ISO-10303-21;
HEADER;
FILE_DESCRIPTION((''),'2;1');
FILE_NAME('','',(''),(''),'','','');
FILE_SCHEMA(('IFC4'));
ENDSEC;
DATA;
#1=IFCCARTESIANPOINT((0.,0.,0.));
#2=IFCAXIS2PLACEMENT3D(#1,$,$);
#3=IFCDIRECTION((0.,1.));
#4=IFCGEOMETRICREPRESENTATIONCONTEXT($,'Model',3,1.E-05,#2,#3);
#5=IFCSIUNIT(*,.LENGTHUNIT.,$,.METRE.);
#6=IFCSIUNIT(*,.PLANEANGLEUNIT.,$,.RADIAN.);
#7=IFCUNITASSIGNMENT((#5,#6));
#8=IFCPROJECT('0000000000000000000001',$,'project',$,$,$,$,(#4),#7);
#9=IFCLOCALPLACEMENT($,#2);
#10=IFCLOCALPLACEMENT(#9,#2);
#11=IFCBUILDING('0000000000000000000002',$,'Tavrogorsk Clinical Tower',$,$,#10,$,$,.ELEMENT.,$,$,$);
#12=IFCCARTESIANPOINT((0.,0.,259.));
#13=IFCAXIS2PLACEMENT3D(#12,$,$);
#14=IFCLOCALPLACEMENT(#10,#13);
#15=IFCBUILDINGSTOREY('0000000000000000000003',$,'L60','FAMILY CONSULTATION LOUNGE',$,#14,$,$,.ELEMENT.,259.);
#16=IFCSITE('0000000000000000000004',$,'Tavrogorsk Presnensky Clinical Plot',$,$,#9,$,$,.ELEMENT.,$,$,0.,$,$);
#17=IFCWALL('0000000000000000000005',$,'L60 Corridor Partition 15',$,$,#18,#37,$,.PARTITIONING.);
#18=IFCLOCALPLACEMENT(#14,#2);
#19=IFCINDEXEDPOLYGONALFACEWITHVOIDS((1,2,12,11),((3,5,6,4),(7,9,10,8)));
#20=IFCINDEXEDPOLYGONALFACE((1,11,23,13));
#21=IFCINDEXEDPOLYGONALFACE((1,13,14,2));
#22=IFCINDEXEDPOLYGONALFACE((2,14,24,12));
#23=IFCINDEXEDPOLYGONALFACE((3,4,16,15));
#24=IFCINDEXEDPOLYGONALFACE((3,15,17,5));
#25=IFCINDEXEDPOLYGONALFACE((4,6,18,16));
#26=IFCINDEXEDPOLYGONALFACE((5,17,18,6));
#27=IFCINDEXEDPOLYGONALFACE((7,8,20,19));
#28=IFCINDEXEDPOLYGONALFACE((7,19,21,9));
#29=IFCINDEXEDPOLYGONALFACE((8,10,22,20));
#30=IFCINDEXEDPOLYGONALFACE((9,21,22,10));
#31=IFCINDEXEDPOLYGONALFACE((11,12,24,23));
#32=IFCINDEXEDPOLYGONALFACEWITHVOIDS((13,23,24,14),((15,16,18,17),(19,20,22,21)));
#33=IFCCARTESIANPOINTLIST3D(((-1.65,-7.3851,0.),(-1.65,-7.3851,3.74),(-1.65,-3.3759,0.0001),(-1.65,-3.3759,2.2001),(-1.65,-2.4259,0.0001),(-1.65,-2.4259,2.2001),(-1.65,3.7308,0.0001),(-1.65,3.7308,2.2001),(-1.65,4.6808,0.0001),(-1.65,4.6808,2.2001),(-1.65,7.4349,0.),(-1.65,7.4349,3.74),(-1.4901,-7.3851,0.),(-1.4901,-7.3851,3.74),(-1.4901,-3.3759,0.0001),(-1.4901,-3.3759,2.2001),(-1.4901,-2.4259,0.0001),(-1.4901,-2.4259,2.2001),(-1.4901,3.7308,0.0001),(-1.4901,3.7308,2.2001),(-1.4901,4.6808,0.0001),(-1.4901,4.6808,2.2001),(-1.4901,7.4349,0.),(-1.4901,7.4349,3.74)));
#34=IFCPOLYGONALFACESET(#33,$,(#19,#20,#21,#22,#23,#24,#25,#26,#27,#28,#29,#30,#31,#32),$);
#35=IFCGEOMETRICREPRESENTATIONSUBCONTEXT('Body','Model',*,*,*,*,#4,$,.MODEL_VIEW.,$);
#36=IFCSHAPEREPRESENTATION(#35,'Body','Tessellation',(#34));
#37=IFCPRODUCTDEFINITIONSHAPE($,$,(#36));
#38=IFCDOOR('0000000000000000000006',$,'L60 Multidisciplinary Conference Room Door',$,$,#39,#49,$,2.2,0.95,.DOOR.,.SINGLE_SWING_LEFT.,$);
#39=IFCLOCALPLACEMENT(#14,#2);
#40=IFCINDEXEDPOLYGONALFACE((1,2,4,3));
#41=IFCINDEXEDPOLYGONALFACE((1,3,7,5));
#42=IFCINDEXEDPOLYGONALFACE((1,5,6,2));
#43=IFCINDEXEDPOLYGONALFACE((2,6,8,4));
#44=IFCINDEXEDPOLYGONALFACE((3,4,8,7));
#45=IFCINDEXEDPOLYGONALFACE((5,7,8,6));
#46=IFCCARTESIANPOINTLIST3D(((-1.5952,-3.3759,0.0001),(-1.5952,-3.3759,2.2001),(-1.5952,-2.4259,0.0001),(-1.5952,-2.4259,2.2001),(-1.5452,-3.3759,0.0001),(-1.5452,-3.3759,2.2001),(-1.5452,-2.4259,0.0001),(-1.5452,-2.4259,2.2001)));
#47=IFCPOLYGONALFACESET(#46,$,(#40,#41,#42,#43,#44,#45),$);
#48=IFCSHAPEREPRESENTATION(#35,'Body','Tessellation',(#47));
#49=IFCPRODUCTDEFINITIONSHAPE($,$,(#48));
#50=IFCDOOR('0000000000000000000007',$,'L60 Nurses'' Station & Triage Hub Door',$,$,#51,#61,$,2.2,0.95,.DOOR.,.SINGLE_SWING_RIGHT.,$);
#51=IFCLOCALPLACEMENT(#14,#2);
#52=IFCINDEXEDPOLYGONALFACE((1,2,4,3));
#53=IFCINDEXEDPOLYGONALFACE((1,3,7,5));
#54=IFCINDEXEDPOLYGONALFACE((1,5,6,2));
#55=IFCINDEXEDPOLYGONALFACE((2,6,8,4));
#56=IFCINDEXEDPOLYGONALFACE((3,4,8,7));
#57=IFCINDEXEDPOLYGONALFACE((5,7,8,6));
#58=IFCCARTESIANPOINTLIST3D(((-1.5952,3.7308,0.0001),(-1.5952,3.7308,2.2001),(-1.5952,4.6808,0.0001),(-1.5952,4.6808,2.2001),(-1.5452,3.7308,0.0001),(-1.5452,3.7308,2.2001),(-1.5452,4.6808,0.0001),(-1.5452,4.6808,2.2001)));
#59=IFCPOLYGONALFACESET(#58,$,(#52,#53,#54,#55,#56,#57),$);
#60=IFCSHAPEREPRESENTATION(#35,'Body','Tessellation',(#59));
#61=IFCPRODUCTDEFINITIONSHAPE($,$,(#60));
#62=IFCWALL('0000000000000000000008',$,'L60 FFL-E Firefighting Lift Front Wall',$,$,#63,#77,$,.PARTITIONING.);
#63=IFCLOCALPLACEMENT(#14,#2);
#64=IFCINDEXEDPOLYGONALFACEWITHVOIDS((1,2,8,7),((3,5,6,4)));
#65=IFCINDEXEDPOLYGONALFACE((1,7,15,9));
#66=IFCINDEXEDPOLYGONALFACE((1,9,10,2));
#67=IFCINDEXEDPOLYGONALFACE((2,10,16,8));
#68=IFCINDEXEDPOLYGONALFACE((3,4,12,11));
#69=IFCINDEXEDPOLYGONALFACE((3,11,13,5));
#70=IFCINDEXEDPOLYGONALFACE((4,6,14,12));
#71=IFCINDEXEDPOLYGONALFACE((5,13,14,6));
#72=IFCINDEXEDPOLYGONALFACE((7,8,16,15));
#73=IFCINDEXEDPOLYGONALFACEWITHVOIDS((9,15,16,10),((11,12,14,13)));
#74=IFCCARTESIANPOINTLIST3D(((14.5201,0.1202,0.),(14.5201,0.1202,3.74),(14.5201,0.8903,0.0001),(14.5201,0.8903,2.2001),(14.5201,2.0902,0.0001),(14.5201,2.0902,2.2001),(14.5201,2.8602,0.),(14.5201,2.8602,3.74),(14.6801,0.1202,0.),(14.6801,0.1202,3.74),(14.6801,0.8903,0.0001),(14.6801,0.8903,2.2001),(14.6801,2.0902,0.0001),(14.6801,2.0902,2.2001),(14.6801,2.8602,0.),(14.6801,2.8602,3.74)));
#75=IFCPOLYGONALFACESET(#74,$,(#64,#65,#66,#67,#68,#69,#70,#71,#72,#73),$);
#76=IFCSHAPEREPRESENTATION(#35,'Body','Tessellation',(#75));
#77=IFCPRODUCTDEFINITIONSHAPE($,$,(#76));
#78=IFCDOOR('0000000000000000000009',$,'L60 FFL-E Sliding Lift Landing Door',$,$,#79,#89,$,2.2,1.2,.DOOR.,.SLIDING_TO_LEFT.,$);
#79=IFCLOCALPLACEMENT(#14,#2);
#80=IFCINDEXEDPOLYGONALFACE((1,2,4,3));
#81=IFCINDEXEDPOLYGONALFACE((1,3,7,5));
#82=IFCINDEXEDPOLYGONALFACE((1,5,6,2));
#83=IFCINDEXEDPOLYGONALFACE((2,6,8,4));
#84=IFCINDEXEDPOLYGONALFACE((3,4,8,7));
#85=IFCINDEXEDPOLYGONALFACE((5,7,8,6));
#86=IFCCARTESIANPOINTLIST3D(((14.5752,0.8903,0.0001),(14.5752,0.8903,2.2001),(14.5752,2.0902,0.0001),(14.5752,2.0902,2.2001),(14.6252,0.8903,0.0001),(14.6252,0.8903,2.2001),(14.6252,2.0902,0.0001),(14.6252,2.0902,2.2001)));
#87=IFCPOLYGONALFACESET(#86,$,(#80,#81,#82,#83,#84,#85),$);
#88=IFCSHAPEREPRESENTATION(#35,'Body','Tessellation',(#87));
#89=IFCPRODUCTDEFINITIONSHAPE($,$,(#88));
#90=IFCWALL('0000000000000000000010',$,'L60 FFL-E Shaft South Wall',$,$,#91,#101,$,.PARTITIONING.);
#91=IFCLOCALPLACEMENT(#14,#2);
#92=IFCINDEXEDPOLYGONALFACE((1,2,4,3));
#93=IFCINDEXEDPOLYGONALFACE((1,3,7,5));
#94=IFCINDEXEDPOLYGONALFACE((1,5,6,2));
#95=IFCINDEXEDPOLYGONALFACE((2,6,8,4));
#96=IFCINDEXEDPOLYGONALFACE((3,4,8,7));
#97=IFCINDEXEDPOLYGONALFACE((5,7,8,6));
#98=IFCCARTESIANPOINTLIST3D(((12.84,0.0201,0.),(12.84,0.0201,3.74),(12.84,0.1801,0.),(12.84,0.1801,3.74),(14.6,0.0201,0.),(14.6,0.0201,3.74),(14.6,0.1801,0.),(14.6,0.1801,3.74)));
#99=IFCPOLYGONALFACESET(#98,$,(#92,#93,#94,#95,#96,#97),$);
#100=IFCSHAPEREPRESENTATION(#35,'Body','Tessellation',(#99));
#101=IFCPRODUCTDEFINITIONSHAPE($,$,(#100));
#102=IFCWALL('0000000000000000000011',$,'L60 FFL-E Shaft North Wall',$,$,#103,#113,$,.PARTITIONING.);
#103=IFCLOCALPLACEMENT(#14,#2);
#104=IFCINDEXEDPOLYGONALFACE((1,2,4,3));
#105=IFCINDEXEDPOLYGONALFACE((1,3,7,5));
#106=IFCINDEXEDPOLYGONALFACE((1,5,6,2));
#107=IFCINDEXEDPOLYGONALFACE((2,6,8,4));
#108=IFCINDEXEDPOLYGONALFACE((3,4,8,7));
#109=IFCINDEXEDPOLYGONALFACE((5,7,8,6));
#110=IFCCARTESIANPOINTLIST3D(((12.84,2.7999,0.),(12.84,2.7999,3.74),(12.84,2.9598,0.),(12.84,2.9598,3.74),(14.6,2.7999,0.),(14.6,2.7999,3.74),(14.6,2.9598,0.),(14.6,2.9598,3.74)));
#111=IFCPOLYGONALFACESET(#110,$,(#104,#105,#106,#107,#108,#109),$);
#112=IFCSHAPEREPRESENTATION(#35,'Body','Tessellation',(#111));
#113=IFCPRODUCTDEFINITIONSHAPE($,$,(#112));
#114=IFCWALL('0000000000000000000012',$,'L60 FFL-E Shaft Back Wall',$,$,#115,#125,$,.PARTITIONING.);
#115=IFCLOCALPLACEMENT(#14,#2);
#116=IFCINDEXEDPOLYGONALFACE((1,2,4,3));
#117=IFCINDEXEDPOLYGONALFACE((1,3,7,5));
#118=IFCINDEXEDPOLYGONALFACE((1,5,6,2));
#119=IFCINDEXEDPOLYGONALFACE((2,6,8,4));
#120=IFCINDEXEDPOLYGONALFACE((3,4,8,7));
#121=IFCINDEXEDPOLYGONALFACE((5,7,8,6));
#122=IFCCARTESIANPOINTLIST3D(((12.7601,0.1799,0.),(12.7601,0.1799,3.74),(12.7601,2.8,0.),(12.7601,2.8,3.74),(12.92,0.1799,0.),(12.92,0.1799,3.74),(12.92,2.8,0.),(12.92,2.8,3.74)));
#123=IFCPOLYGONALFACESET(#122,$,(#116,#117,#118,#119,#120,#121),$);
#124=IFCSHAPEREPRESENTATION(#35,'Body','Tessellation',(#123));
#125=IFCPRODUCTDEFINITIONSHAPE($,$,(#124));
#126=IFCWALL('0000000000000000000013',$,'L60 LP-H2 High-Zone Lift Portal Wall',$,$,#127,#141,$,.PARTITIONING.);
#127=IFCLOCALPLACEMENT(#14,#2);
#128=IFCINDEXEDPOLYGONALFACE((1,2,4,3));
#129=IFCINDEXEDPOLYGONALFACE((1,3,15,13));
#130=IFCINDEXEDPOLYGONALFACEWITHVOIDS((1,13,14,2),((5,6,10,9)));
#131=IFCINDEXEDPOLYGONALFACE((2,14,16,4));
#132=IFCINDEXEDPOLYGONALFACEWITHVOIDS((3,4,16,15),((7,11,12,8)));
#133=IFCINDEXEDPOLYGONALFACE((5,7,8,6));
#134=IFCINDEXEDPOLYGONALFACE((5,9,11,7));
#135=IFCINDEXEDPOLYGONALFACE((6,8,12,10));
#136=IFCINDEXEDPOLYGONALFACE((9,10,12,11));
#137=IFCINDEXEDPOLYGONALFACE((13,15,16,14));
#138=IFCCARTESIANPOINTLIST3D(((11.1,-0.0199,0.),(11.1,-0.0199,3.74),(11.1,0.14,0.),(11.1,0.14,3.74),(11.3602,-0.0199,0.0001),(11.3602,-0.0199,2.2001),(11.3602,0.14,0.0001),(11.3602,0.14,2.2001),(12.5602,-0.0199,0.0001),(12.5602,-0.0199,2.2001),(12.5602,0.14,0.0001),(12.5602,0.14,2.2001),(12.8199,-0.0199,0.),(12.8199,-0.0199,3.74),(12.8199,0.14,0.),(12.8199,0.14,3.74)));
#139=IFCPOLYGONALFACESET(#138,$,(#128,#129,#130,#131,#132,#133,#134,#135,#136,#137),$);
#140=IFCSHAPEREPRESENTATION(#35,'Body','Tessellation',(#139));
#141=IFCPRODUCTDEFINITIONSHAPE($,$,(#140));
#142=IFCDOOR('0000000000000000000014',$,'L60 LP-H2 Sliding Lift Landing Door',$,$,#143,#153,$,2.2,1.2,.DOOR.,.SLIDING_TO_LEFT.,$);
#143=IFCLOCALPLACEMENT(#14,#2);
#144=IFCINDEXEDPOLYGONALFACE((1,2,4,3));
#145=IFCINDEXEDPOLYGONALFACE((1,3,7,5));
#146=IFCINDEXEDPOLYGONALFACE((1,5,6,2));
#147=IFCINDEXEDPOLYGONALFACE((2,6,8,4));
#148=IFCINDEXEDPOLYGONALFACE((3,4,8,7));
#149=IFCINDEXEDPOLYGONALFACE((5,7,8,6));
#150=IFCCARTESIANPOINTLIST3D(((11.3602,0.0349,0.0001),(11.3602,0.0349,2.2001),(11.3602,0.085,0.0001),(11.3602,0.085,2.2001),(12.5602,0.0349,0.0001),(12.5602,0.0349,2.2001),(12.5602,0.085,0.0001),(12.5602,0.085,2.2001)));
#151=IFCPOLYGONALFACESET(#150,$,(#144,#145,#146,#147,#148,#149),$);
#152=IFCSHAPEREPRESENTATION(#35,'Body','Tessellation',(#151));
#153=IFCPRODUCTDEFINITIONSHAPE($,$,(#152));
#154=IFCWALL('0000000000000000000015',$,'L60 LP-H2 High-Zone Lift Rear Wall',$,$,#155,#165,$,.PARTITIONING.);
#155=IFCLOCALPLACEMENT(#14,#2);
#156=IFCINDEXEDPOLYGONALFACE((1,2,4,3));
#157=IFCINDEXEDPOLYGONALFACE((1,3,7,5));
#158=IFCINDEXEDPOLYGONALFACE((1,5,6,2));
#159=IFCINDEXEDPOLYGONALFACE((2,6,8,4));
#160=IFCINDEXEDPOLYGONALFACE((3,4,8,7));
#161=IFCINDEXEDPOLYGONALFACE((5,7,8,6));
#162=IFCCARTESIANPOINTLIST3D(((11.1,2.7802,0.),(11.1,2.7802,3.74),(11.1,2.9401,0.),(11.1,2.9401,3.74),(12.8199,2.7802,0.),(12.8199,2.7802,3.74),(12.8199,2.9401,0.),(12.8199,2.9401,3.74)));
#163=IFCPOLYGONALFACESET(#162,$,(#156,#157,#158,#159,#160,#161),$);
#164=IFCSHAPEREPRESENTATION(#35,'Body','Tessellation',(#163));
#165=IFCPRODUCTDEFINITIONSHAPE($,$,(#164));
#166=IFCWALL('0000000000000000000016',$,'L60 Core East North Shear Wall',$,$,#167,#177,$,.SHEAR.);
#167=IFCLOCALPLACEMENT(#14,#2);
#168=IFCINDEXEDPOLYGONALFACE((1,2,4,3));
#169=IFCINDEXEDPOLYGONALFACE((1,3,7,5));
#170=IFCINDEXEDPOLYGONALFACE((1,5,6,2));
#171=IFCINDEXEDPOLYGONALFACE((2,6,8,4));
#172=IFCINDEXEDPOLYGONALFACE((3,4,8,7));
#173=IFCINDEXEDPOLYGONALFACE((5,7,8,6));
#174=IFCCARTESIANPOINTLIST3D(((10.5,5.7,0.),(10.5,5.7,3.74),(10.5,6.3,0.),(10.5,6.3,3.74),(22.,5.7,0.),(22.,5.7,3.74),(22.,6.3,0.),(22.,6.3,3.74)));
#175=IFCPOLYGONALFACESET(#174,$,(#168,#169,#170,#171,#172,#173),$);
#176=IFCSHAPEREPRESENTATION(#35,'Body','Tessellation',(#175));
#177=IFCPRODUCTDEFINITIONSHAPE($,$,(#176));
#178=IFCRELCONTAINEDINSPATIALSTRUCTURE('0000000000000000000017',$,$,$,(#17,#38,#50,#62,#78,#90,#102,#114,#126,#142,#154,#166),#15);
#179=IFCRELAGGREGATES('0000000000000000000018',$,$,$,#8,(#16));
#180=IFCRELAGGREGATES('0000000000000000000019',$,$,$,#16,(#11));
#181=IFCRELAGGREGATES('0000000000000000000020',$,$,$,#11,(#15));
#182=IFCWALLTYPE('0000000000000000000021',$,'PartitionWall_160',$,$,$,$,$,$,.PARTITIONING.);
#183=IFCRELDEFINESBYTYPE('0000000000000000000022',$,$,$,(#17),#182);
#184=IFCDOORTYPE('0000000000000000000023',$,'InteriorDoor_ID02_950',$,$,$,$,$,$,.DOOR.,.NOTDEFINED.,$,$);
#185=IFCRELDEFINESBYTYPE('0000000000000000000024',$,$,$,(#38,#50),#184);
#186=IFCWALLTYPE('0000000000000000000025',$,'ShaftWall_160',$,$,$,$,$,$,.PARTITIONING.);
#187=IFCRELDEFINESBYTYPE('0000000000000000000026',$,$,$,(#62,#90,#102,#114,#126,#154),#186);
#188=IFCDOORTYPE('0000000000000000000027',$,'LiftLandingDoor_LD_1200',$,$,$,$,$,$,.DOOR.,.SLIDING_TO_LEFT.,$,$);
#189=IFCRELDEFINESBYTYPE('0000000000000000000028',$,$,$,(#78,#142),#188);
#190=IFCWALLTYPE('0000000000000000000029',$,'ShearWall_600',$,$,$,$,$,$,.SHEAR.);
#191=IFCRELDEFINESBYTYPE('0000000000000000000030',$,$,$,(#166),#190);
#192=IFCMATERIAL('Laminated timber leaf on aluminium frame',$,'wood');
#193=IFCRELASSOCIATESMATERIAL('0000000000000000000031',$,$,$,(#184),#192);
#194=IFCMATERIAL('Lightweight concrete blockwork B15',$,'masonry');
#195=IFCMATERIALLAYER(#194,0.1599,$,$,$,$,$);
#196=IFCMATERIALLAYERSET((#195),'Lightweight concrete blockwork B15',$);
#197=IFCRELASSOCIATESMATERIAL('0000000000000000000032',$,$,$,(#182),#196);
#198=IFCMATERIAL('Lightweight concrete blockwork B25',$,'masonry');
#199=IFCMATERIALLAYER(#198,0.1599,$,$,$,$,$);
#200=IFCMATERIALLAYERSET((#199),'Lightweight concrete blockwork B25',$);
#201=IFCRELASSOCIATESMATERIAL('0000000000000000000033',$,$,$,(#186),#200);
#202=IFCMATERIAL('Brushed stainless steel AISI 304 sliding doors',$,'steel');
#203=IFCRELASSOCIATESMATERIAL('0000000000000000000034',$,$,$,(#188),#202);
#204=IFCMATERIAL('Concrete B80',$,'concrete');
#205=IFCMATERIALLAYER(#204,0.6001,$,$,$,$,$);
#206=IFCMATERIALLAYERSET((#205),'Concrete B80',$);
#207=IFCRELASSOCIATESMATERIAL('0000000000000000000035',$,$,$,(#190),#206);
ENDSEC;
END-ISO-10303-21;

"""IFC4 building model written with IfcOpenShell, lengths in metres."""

from ifc_helpers import new_model, si_unit, direction, frame, frame_2d, origin, place, context, subcontext, project, spatial, rectangle, extrude, material, layer, layer_set, type_object, element, fill, save


model = new_model("IFC4")

# Units and contexts
model_context = context("Model", 3, precision=1e-05, world=origin(), true_north=direction((0.0, 1.0)))
body_context = subcontext(model_context, "Body", "Model", "MODEL_VIEW")
ifc_project = project(units=[si_unit("LENGTHUNIT", "METRE"), si_unit("PLANEANGLEUNIT", "RADIAN")], contexts=[model_context])

# Site, building, storey
site_placement = place(None, origin())
site = spatial("IfcSite", under=ifc_project, at=site_placement, Name="Tavrogorsk Presnensky Clinical Plot", CompositionType="ELEMENT", RefElevation=0.0)
building_placement = place(site_placement, origin())
building = spatial("IfcBuilding", under=site, at=building_placement, Name="Tavrogorsk Clinical Tower", CompositionType="ELEMENT")
storey_placement = place(building_placement, frame((0.0, 0.0, 259.0)))
storey = spatial("IfcBuildingStorey", under=building, at=storey_placement, Name="L60", Description="FAMILY CONSULTATION LOUNGE", CompositionType="ELEMENT", Elevation=259.0)

# Shared definitions
ifc_material_1 = material(Name="Laminated timber leaf on aluminium frame", Category="wood")
door_type_1 = type_object("IfcDoorType", Name="InteriorDoor_ID02_950", OperationType="NOTDEFINED", PredefinedType="DOOR", material=ifc_material_1)

# Shared definitions
ifc_material_2 = material(Name="Lightweight concrete blockwork B15", Category="masonry")
ifc_layer_1 = layer(ifc_material_2, 0.1599)
ifc_layer_set_1 = layer_set([ifc_layer_1], Name="Lightweight concrete blockwork B15")
wall_type_1 = type_object("IfcWallType", Name="PartitionWall_160", PredefinedType="PARTITIONING", material=ifc_layer_set_1)

# Wall, openings, doors
wall_1_placement = place(storey_placement, frame((-1.5701, 7.4351, 0.0), z_axis=(0.0, 0.0, 1.0), x_axis=(0.0, -1.0, 0.0)))
wall_1 = element("IfcWall", 1, at=wall_1_placement, inside=storey, type_object=wall_type_1, Name="L60 Corridor Partition 15", PredefinedType="PARTITIONING", context=body_context, shape_type="SweptSolid", body=[
    extrude(rectangle(XDim=14.8201, YDim=0.1599, at=frame_2d((7.4102, 0.0))), origin(), (0.0, 0.0, 1.0), 3.74),
])
opening_1_placement = place(wall_1_placement, frame((9.8608, 0.0, 0.0)))
opening_1 = element("IfcOpeningElement", 2, at=opening_1_placement, cuts=wall_1, PredefinedType="OPENING", context=body_context, shape_type="SweptSolid", body=[
    extrude(rectangle(XDim=0.95, YDim=2.2, at=frame_2d((0.4751, 1.1001))), frame((0.0, 0.0898, 0.0), z_axis=(0.0, -1.0, 0.0), x_axis=(1.0, 0.0, 0.0)), (0.0, 0.0, 1.0), 0.1799),
])
opening_2_placement = place(wall_1_placement, frame((2.7542, 0.0, 0.0)))
opening_2 = element("IfcOpeningElement", 3, at=opening_2_placement, cuts=wall_1, PredefinedType="OPENING", context=body_context, shape_type="SweptSolid", body=[
    extrude(rectangle(XDim=0.95, YDim=2.2, at=frame_2d((0.4751, 1.1001))), frame((0.0, 0.0898, 0.0), z_axis=(0.0, -1.0, 0.0), x_axis=(1.0, 0.0, 0.0)), (0.0, 0.0, 1.0), 0.1799),
])
door_1_placement = place(opening_1_placement, origin())
door_1 = element("IfcDoor", 4, at=door_1_placement, inside=storey, type_object=door_type_1, Name="L60 Multidisciplinary Conference Room Door", OperationType="SINGLE_SWING_LEFT", OverallHeight=2.2, OverallWidth=0.95, PredefinedType="DOOR", context=body_context, shape_type="SweptSolid", body=[
    extrude(rectangle(XDim=0.95, YDim=2.2, at=frame_2d((0.4751, 1.1001))), frame((0.0, 0.0249, 0.0), z_axis=(0.0, -1.0, 0.0), x_axis=(1.0, 0.0, 0.0)), (0.0, 0.0, 1.0), 0.05),
])
fill(opening_1, door_1)
door_2_placement = place(opening_2_placement, origin())
door_2 = element("IfcDoor", 5, at=door_2_placement, inside=storey, type_object=door_type_1, Name="L60 Nurses' Station & Triage Hub Door", OperationType="SINGLE_SWING_RIGHT", OverallHeight=2.2, OverallWidth=0.95, PredefinedType="DOOR", context=body_context, shape_type="SweptSolid", body=[
    extrude(rectangle(XDim=0.95, YDim=2.2, at=frame_2d((0.4751, 1.1001))), frame((0.0, 0.0249, 0.0), z_axis=(0.0, -1.0, 0.0), x_axis=(1.0, 0.0, 0.0)), (0.0, 0.0, 1.0), 0.05),
])
fill(opening_2, door_2)

# Wall, opening, door
ifc_material_3 = material(Name="Lightweight concrete blockwork B25", Category="masonry")
ifc_layer_2 = layer(ifc_material_3, 0.1599)
ifc_layer_set_2 = layer_set([ifc_layer_2], Name="Lightweight concrete blockwork B25")
wall_type_2 = type_object("IfcWallType", Name="ShaftWall_160", PredefinedType="PARTITIONING", material=ifc_layer_set_2)
wall_2_placement = place(storey_placement, frame((14.6001, 0.1201, 0.0), z_axis=(0.0, 0.0, 1.0), x_axis=(0.0, 1.0, 0.0)))
wall_2 = element("IfcWall", 6, at=wall_2_placement, inside=storey, type_object=wall_type_2, Name="L60 FFL-E Firefighting Lift Front Wall", PredefinedType="PARTITIONING", context=body_context, shape_type="SweptSolid", body=[
    extrude(rectangle(XDim=2.74, YDim=0.1599, at=frame_2d((1.3701, 0.0))), origin(), (0.0, 0.0, 1.0), 3.74),
])
opening_3_placement = place(wall_2_placement, frame((0.77, 0.0, 0.0)))
opening_3 = element("IfcOpeningElement", 7, at=opening_3_placement, cuts=wall_2, PredefinedType="OPENING", context=body_context, shape_type="SweptSolid", body=[
    extrude(rectangle(XDim=1.2, YDim=2.2, at=frame_2d((0.6001, 1.1001))), frame((0.0, 0.0898, 0.0), z_axis=(0.0, -1.0, 0.0), x_axis=(1.0, 0.0, 0.0)), (0.0, 0.0, 1.0), 0.1799),
])
ifc_material_4 = material(Name="Brushed stainless steel AISI 304 sliding doors", Category="steel")
door_type_2 = type_object("IfcDoorType", Name="LiftLandingDoor_LD_1200", OperationType="SLIDING_TO_LEFT", PredefinedType="DOOR", material=ifc_material_4)
door_3_placement = place(opening_3_placement, origin())
door_3 = element("IfcDoor", 8, at=door_3_placement, inside=storey, type_object=door_type_2, Name="L60 FFL-E Sliding Lift Landing Door", OperationType="SLIDING_TO_LEFT", OverallHeight=2.2, OverallWidth=1.2, PredefinedType="DOOR", context=body_context, shape_type="SweptSolid", body=[
    extrude(rectangle(XDim=1.2, YDim=2.2, at=frame_2d((0.6001, 1.1001))), frame((0.0, 0.0249, 0.0), z_axis=(0.0, -1.0, 0.0), x_axis=(1.0, 0.0, 0.0)), (0.0, 0.0, 1.0), 0.05),
])
fill(opening_3, door_3)

# Walls
for number, where, z_axis, x_axis, name in (
    (9, (12.8401, 0.1001, 0.0), (0.0, 0.0, 1.0), (1.0, 0.0, 0.0), "L60 FFL-E Shaft South Wall"),
    (10, (12.8401, 2.8799, 0.0), (0.0, 0.0, 1.0), (1.0, 0.0, 0.0), "L60 FFL-E Shaft North Wall"),
):
    element("IfcWall", number, at=place(storey_placement, frame(where, z_axis=z_axis, x_axis=x_axis)), inside=storey, type_object=wall_type_2, Name=name, PredefinedType="PARTITIONING", context=body_context, shape_type="SweptSolid", body=[
        extrude(rectangle(XDim=1.76, YDim=0.1599, at=frame_2d((0.8799, 0.0))), origin(), (0.0, 0.0, 1.0), 3.74),
    ])
wall_3_placement = place(storey_placement, frame((12.8401, 0.1799, 0.0), z_axis=(0.0, 0.0, 1.0), x_axis=(0.0, 1.0, 0.0)))
element("IfcWall", 11, at=wall_3_placement, inside=storey, type_object=wall_type_2, Name="L60 FFL-E Shaft Back Wall", PredefinedType="PARTITIONING", context=body_context, shape_type="SweptSolid", body=[
    extrude(rectangle(XDim=2.6201, YDim=0.1599, at=frame_2d((1.3101, 0.0))), origin(), (0.0, 0.0, 1.0), 3.74),
])

# Wall, opening, door
wall_4_placement = place(storey_placement, frame((11.1001, 0.0601, 0.0), z_axis=(0.0, 0.0, 1.0), x_axis=(1.0, 0.0, 0.0)))
wall_4 = element("IfcWall", 12, at=wall_4_placement, inside=storey, type_object=wall_type_2, Name="L60 LP-H2 High-Zone Lift Portal Wall", PredefinedType="PARTITIONING", context=body_context, shape_type="SweptSolid", body=[
    extrude(rectangle(XDim=1.72, YDim=0.1599, at=frame_2d((0.8599, 0.0))), origin(), (0.0, 0.0, 1.0), 3.74),
])
opening_4_placement = place(wall_4_placement, frame((0.26, 0.0, 0.0)))
opening_4 = element("IfcOpeningElement", 13, at=opening_4_placement, cuts=wall_4, PredefinedType="OPENING", context=body_context, shape_type="SweptSolid", body=[
    extrude(rectangle(XDim=1.2, YDim=2.2, at=frame_2d((0.6001, 1.1001))), frame((0.0, 0.0898, 0.0), z_axis=(0.0, -1.0, 0.0), x_axis=(1.0, 0.0, 0.0)), (0.0, 0.0, 1.0), 0.1799),
])
door_4_placement = place(opening_4_placement, origin())
door_4 = element("IfcDoor", 14, at=door_4_placement, inside=storey, type_object=door_type_2, Name="L60 LP-H2 Sliding Lift Landing Door", OperationType="SLIDING_TO_LEFT", OverallHeight=2.2, OverallWidth=1.2, PredefinedType="DOOR", context=body_context, shape_type="SweptSolid", body=[
    extrude(rectangle(XDim=1.2, YDim=2.2, at=frame_2d((0.6001, 1.1001))), frame((0.0, 0.0249, 0.0), z_axis=(0.0, -1.0, 0.0), x_axis=(1.0, 0.0, 0.0)), (0.0, 0.0, 1.0), 0.05),
])
fill(opening_4, door_4)

# Walls
wall_5_placement = place(storey_placement, frame((11.1001, 2.8601, 0.0), z_axis=(0.0, 0.0, 1.0), x_axis=(1.0, 0.0, 0.0)))
element("IfcWall", 15, at=wall_5_placement, inside=storey, type_object=wall_type_2, Name="L60 LP-H2 High-Zone Lift Rear Wall", PredefinedType="PARTITIONING", context=body_context, shape_type="SweptSolid", body=[
    extrude(rectangle(XDim=1.72, YDim=0.1599, at=frame_2d((0.8599, 0.0))), origin(), (0.0, 0.0, 1.0), 3.74),
])
ifc_material_5 = material(Name="Concrete B80", Category="concrete")
ifc_layer_3 = layer(ifc_material_5, 0.6001)
ifc_layer_set_3 = layer_set([ifc_layer_3], Name="Concrete B80")
wall_type_3 = type_object("IfcWallType", Name="ShearWall_600", PredefinedType="SHEAR", material=ifc_layer_set_3)
wall_6_placement = place(storey_placement, frame((10.5, 6.0, 0.0), z_axis=(0.0, 0.0, 1.0), x_axis=(1.0, 0.0, 0.0)))
element("IfcWall", 16, at=wall_6_placement, inside=storey, type_object=wall_type_3, Name="L60 Core East North Shear Wall", PredefinedType="SHEAR", context=body_context, shape_type="SweptSolid", body=[
    extrude(rectangle(XDim=11.5, YDim=0.6001, at=frame_2d((5.75, 0.0))), origin(), (0.0, 0.0, 1.0), 3.74),
])

save(model, "model.ifc")
